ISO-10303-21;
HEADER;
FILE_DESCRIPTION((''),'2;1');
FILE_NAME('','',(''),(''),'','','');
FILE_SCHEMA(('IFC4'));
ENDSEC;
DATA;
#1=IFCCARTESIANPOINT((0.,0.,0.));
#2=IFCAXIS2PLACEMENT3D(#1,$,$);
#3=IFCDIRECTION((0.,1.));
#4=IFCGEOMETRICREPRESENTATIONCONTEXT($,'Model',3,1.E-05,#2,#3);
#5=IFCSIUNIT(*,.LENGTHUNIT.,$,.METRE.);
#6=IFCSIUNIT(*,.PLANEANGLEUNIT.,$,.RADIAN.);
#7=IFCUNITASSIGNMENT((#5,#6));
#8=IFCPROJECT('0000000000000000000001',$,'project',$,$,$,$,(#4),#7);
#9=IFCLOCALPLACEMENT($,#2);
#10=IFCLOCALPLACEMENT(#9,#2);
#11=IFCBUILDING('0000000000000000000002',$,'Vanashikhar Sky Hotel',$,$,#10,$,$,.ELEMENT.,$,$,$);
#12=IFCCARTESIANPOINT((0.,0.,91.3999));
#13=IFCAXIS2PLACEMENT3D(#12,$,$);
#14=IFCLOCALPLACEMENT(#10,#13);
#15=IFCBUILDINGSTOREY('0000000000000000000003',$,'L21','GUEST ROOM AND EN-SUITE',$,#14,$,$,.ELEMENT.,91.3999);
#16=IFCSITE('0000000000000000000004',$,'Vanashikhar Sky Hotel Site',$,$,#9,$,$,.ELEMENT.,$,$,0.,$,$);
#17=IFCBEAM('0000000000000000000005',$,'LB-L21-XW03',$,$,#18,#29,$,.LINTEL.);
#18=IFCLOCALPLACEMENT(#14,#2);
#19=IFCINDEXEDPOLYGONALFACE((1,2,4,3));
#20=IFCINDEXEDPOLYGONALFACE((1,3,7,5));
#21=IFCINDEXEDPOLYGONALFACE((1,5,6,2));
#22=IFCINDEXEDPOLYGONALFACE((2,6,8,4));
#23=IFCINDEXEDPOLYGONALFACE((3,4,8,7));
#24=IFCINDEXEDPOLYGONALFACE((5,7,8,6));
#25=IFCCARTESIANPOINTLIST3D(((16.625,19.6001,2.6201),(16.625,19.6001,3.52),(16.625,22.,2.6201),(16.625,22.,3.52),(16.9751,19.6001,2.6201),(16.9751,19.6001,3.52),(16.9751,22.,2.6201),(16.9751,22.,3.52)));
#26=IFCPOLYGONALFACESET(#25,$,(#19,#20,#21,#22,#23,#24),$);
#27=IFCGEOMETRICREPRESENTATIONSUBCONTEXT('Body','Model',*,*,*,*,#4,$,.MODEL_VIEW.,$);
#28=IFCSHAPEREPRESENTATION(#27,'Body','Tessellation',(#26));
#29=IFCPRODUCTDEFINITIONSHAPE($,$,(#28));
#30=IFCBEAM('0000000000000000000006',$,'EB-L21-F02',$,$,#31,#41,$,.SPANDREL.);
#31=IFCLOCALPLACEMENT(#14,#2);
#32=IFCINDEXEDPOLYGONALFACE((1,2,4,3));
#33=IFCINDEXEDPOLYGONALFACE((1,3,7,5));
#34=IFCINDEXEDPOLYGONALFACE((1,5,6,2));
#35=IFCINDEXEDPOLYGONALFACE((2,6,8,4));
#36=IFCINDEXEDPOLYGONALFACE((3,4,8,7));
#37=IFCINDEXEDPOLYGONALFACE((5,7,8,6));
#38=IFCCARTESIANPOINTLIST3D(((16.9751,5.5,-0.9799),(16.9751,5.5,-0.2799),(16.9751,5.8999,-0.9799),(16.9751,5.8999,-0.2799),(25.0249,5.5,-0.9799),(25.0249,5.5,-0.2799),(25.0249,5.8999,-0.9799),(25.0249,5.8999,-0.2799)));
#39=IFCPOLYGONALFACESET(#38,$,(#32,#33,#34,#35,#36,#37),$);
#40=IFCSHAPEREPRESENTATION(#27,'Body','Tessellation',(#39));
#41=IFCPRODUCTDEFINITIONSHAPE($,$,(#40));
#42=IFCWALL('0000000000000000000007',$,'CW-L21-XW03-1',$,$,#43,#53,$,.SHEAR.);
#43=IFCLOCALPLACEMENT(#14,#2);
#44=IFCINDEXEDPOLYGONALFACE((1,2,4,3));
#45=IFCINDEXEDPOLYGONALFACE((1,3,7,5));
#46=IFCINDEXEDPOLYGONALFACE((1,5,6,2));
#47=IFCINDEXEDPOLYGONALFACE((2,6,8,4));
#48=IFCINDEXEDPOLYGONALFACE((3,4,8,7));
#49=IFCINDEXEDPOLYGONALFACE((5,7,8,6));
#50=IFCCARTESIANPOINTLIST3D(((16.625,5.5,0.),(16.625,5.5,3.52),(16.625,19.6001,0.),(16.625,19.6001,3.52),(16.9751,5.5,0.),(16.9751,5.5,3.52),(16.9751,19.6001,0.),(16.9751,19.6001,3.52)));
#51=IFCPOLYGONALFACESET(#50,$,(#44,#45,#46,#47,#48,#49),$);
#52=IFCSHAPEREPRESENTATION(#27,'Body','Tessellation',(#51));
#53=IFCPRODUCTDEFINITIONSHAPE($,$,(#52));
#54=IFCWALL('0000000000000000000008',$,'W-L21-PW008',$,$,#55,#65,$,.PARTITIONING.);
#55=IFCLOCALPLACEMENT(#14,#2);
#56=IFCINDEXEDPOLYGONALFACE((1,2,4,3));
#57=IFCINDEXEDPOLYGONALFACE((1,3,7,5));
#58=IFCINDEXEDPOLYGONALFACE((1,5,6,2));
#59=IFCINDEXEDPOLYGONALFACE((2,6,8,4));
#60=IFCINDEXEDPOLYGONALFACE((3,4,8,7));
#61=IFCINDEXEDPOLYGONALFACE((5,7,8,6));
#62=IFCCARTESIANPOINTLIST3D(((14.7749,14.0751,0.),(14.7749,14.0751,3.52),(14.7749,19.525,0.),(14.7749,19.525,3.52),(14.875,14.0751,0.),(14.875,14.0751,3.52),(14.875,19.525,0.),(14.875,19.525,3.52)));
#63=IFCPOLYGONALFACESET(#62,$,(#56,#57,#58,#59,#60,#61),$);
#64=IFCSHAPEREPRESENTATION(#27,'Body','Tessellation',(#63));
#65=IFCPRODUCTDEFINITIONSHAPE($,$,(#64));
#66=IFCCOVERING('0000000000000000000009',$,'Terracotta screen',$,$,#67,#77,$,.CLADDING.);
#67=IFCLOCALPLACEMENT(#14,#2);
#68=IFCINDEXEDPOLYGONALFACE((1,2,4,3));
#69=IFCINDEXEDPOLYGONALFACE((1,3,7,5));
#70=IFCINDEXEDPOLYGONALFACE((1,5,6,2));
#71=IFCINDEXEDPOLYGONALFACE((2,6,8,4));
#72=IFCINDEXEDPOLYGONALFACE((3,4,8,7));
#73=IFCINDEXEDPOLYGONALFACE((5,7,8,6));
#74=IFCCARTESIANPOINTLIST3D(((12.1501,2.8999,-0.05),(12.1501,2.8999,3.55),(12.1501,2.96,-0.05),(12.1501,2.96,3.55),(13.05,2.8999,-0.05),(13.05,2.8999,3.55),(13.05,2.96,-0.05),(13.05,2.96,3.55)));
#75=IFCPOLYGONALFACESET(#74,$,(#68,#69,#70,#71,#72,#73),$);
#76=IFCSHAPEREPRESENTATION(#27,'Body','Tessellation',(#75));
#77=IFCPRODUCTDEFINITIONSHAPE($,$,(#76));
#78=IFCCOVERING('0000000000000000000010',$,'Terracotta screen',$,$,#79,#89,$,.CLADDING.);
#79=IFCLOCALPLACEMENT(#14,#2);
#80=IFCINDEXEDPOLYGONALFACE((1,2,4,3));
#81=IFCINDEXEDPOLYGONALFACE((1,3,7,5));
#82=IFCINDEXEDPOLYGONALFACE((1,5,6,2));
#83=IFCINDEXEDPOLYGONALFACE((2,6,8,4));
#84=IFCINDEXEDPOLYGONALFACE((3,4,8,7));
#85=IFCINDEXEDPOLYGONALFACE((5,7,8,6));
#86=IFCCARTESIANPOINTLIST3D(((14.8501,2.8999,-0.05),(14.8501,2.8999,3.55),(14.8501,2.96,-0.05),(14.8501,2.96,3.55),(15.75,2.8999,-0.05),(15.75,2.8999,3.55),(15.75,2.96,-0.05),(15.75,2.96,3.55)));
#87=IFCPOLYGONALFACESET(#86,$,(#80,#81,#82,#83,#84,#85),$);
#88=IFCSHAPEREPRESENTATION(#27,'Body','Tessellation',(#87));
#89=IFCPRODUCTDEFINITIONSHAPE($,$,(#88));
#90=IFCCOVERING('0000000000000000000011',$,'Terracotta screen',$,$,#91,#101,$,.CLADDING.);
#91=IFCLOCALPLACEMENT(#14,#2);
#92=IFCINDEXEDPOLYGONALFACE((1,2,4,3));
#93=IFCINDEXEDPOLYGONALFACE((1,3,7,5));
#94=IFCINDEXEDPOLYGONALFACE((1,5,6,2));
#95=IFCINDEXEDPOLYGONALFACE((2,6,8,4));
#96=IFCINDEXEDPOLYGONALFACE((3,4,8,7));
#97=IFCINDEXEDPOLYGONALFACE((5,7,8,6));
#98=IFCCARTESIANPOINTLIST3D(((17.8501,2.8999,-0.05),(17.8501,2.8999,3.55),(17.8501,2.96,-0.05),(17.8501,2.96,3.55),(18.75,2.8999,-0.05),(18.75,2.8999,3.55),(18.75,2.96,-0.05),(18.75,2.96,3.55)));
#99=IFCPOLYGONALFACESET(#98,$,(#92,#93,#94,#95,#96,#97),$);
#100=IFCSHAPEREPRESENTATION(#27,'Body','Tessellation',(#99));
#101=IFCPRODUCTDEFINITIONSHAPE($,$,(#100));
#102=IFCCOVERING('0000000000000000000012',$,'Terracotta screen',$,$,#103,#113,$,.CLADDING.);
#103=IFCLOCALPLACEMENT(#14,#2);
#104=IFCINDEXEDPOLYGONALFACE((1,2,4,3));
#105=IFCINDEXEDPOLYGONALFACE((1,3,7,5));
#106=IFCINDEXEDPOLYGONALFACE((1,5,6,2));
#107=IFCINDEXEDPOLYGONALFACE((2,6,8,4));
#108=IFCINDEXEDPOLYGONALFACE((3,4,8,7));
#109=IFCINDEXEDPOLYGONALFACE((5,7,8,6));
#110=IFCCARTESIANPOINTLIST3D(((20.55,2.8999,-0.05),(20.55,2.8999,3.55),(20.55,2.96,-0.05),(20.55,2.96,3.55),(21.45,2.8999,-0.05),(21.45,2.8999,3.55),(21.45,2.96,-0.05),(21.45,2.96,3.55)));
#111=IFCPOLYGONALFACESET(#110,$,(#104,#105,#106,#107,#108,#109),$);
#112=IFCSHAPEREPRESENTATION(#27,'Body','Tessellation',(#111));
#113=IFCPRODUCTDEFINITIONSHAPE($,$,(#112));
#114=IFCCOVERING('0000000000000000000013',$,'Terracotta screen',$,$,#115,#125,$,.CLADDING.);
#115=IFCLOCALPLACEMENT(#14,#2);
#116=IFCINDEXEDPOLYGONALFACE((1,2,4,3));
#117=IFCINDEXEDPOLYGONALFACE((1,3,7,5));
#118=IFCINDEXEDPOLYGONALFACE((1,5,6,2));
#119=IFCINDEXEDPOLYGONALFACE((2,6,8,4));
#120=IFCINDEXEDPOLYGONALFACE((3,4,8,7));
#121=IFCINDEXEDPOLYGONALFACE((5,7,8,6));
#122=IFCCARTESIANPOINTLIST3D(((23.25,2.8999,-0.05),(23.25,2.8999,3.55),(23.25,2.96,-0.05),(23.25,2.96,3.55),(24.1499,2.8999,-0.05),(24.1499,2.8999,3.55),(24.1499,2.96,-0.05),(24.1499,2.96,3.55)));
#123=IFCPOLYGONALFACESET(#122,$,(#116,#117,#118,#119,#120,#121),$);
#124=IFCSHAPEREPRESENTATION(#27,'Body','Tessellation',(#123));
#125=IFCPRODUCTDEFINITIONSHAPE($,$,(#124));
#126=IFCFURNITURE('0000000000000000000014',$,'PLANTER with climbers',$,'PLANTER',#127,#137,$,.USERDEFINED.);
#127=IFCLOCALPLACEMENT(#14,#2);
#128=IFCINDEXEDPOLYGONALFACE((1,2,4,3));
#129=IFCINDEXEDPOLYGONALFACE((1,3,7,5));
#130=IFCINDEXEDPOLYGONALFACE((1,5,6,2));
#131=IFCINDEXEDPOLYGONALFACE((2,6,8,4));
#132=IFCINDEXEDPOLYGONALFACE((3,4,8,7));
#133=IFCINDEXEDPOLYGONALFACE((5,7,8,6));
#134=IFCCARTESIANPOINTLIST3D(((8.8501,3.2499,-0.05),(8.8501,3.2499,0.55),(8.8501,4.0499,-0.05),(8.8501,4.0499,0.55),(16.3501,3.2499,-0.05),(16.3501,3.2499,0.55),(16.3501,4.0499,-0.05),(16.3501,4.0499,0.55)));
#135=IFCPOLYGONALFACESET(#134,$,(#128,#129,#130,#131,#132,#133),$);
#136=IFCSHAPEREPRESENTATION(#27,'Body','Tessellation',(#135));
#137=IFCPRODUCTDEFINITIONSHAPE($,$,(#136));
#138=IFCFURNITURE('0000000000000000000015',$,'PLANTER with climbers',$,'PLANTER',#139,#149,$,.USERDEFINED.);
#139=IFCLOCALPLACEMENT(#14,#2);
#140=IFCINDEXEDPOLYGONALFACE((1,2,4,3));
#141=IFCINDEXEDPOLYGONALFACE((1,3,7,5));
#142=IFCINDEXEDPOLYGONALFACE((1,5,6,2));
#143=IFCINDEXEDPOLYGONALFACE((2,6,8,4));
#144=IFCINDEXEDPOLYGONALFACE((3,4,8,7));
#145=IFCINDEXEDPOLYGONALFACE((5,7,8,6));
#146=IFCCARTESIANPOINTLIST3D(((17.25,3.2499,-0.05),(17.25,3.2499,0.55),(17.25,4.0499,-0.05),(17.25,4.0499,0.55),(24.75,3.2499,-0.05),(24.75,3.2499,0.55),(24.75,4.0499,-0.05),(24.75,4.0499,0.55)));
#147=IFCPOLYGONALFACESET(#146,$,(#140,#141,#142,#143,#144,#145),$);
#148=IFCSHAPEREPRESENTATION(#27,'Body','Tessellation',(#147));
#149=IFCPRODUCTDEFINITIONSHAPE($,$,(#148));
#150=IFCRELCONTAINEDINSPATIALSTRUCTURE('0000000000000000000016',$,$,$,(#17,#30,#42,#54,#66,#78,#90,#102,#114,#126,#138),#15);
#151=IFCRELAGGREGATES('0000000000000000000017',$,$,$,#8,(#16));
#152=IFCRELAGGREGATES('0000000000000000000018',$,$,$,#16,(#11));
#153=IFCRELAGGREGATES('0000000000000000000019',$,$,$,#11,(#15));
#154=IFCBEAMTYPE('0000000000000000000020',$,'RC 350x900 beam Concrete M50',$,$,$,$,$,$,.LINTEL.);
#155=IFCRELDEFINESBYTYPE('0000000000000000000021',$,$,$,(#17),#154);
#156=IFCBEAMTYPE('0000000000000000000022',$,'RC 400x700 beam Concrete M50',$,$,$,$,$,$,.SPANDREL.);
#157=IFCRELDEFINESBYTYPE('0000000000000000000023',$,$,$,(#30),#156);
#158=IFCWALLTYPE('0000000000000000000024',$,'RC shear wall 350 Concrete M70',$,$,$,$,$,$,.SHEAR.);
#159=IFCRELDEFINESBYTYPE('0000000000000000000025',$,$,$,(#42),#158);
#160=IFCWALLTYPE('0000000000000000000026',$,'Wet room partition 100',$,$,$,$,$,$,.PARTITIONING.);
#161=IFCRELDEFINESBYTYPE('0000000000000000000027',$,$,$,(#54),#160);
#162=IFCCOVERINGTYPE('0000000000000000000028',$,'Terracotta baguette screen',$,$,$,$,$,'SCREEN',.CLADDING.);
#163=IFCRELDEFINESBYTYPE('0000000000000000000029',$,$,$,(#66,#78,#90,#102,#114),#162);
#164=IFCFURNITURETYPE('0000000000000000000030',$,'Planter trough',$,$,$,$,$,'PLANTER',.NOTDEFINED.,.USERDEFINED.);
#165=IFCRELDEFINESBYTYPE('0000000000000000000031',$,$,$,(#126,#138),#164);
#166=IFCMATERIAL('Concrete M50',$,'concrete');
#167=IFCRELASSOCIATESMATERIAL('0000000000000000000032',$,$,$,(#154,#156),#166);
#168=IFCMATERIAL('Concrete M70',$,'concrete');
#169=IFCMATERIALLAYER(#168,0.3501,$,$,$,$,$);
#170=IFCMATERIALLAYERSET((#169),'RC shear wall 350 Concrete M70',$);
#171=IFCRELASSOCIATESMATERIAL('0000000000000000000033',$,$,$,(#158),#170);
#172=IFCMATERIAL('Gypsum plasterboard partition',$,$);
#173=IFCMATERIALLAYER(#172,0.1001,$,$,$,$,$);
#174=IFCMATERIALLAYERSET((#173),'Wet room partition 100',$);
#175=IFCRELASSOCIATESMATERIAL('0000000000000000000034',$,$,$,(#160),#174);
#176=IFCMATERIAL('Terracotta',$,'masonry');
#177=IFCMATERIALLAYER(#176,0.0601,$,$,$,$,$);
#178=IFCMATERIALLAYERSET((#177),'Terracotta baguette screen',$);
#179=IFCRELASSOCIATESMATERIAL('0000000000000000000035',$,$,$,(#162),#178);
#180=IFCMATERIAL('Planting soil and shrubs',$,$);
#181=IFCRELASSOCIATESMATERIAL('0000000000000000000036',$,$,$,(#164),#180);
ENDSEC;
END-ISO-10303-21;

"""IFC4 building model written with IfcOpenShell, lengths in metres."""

from ifc_helpers import new_model, si_unit, direction, frame, frame_2d, origin, origin_2d, place, context, subcontext, project, spatial, rectangle, extrude, source, transform, mapped, material, layer, layer_set, material_profile, profile_set, type_object, element, save


model = new_model("IFC4")

# Units and contexts
model_context = context("Model", 3, precision=1e-05, world=origin(), true_north=direction((0.0, 1.0)))
body_context = subcontext(model_context, "Body", "Model", "MODEL_VIEW")
ifc_project = project(units=[si_unit("LENGTHUNIT", "METRE"), si_unit("PLANEANGLEUNIT", "RADIAN")], contexts=[model_context])

# Site, building, storey
site_placement = place(None, origin())
site = spatial("IfcSite", under=ifc_project, at=site_placement, Name="Vanashikhar Sky Hotel Site", CompositionType="ELEMENT", RefElevation=0.0)
building_placement = place(site_placement, origin())
building = spatial("IfcBuilding", under=site, at=building_placement, Name="Vanashikhar Sky Hotel", CompositionType="ELEMENT")
storey_placement = place(building_placement, frame((0.0, 0.0, 91.3999)))
storey = spatial("IfcBuildingStorey", under=building, at=storey_placement, Name="L21", Description="GUEST ROOM AND EN-SUITE", CompositionType="ELEMENT", Elevation=91.3999)

# Beams
ifc_material_1 = material(Name="Concrete M50", Category="concrete")
ifc_material_profile_1 = material_profile(ifc_material_1, rectangle(XDim=0.3501, YDim=0.8999, at=origin_2d()))
ifc_profile_set_1 = profile_set([ifc_material_profile_1], Name="RC 350x900 beam Concrete M50")
beam_type_1 = type_object("IfcBeamType", Name="RC 350x900 beam Concrete M50", PredefinedType="LINTEL", material=ifc_profile_set_1)
shared_shape_1 = source(origin(), body_context, "Body", "SweptSolid", [
    extrude(rectangle(XDim=0.3501, YDim=0.8999, at=origin_2d()), origin(), (0.0, 0.0, 1.0), 2.3999),
])
beam_1_placement = place(storey_placement, frame((16.8, 19.6001, 3.0701), z_axis=(0.0, 1.0, 0.0), x_axis=(-1.0, 0.0, 0.0)))
element("IfcBeam", 1, at=beam_1_placement, inside=storey, type_object=beam_type_1, Name="LB-L21-XW03", PredefinedType="LINTEL", context=body_context, shape_type="MappedRepresentation", body=[
    mapped(shared_shape_1, transform((0.0, 0.0, 0.0), scale=1.0)),
])
ifc_material_profile_2 = material_profile(ifc_material_1, rectangle(XDim=0.3999, YDim=0.7, at=origin_2d()))
ifc_profile_set_2 = profile_set([ifc_material_profile_2], Name="RC 400x700 beam Concrete M50")
beam_type_2 = type_object("IfcBeamType", Name="RC 400x700 beam Concrete M50", PredefinedType="SPANDREL", material=ifc_profile_set_2)
shared_shape_2 = source(origin(), body_context, "Body", "SweptSolid", [
    extrude(rectangle(XDim=0.3999, YDim=0.7, at=origin_2d()), origin(), (0.0, 0.0, 1.0), 8.0498),
])
beam_2_placement = place(storey_placement, frame((16.9751, 5.7, -0.6299), z_axis=(1.0, 0.0, 0.0), x_axis=(0.0, 1.0, 0.0)))
element("IfcBeam", 2, at=beam_2_placement, inside=storey, type_object=beam_type_2, Name="EB-L21-F02", PredefinedType="SPANDREL", context=body_context, shape_type="MappedRepresentation", body=[
    mapped(shared_shape_2, transform((0.0, 0.0, 0.0), scale=1.0)),
])

# Wall
ifc_material_2 = material(Name="Concrete M70", Category="concrete")
ifc_layer_1 = layer(ifc_material_2, 0.3501)
ifc_layer_set_1 = layer_set([ifc_layer_1], Name="RC shear wall 350 Concrete M70")
wall_type_1 = type_object("IfcWallType", Name="RC shear wall 350 Concrete M70", PredefinedType="SHEAR", material=ifc_layer_set_1)
shared_shape_3 = source(origin(), body_context, "Body", "SweptSolid", [
    extrude(rectangle(XDim=14.1001, YDim=0.3501, at=frame_2d((7.05, 0.0))), origin(), (0.0, 0.0, 1.0), 3.52),
])
wall_1_placement = place(storey_placement, frame((16.8, 5.5, 0.0), z_axis=(0.0, 0.0, 1.0), x_axis=(0.0, 1.0, 0.0)))
element("IfcWall", 3, at=wall_1_placement, inside=storey, type_object=wall_type_1, Name="CW-L21-XW03-1", PredefinedType="SHEAR", context=body_context, shape_type="MappedRepresentation", body=[
    mapped(shared_shape_3, transform((0.0, 0.0, 0.0), scale=1.0)),
])

# Wall
ifc_material_3 = material(Name="Gypsum plasterboard partition")
ifc_layer_2 = layer(ifc_material_3, 0.1001)
ifc_layer_set_2 = layer_set([ifc_layer_2], Name="Wet room partition 100")
wall_type_2 = type_object("IfcWallType", Name="Wet room partition 100", PredefinedType="PARTITIONING", material=ifc_layer_set_2)
shared_shape_4 = source(origin(), body_context, "Body", "SweptSolid", [
    extrude(rectangle(XDim=5.45, YDim=0.1001, at=frame_2d((2.7251, 0.0))), origin(), (0.0, 0.0, 1.0), 3.52),
])
wall_2_placement = place(storey_placement, frame((14.825, 14.075, 0.0), z_axis=(0.0, 0.0, 1.0), x_axis=(0.0, 1.0, 0.0)))
element("IfcWall", 4, at=wall_2_placement, inside=storey, type_object=wall_type_2, Name="W-L21-PW008", PredefinedType="PARTITIONING", context=body_context, shape_type="MappedRepresentation", body=[
    mapped(shared_shape_4, transform((0.0, 0.0, 0.0), scale=1.0)),
])

# Coverings
ifc_material_4 = material(Name="Terracotta", Category="masonry")
ifc_layer_3 = layer(ifc_material_4, 0.0601)
ifc_layer_set_3 = layer_set([ifc_layer_3], Name="Terracotta baguette screen")
covering_type = type_object("IfcCoveringType", Name="Terracotta baguette screen", ElementType="SCREEN", PredefinedType="CLADDING", material=ifc_layer_set_3)
shared_shape_5 = source(origin(), body_context, "Body", "SweptSolid", [
    extrude(rectangle(XDim=0.8999, YDim=0.0601, at=origin_2d()), origin(), (0.0, 0.0, 1.0), 3.6001),
])
for number, where, z_axis, x_axis, name in (
    (5, (12.6001, 2.9299, -0.05), (0.0, 0.0, 1.0), (1.0, 0.0, 0.0), "Terracotta screen"),
    (6, (15.3, 2.9299, -0.05), (0.0, 0.0, 1.0), (1.0, 0.0, 0.0), "Terracotta screen"),
    (7, (18.3, 2.9299, -0.05), (0.0, 0.0, 1.0), (1.0, 0.0, 0.0), "Terracotta screen"),
    (8, (21.0, 2.9299, -0.05), (0.0, 0.0, 1.0), (1.0, 0.0, 0.0), "Terracotta screen"),
    (9, (23.7, 2.9299, -0.05), (0.0, 0.0, 1.0), (1.0, 0.0, 0.0), "Terracotta screen"),
):
    element("IfcCovering", number, at=place(storey_placement, frame(where, z_axis=z_axis, x_axis=x_axis)), inside=storey, type_object=covering_type, Name=name, PredefinedType="CLADDING", context=body_context, shape_type="MappedRepresentation", body=[
        mapped(shared_shape_5, transform((0.0, 0.0, 0.0), scale=1.0)),
    ])

# Furniture
ifc_material_5 = material(Name="Planting soil and shrubs")
furniture_type = type_object("IfcFurnitureType", Name="Planter trough", ElementType="PLANTER", AssemblyPlace="NOTDEFINED", PredefinedType="USERDEFINED", material=ifc_material_5)
shared_shape_6 = source(origin(), body_context, "Body", "SweptSolid", [
    extrude(rectangle(XDim=7.5, YDim=0.8, at=origin_2d()), origin(), (0.0, 0.0, 1.0), 0.6001),
])
for number, where, z_axis, x_axis, name in (
    (10, (12.6001, 3.6499, -0.05), (0.0, 0.0, 1.0), (1.0, 0.0, 0.0), "PLANTER with climbers"),
    (11, (21.0, 3.6499, -0.05), (0.0, 0.0, 1.0), (1.0, 0.0, 0.0), "PLANTER with climbers"),
):
    element("IfcFurniture", number, at=place(storey_placement, frame(where, z_axis=z_axis, x_axis=x_axis)), inside=storey, type_object=furniture_type, Name=name, ObjectType="PLANTER", PredefinedType="USERDEFINED", context=body_context, shape_type="MappedRepresentation", body=[
        mapped(shared_shape_6, transform((0.0, 0.0, 0.0), scale=1.0)),
    ])

save(model, "model.ifc")
